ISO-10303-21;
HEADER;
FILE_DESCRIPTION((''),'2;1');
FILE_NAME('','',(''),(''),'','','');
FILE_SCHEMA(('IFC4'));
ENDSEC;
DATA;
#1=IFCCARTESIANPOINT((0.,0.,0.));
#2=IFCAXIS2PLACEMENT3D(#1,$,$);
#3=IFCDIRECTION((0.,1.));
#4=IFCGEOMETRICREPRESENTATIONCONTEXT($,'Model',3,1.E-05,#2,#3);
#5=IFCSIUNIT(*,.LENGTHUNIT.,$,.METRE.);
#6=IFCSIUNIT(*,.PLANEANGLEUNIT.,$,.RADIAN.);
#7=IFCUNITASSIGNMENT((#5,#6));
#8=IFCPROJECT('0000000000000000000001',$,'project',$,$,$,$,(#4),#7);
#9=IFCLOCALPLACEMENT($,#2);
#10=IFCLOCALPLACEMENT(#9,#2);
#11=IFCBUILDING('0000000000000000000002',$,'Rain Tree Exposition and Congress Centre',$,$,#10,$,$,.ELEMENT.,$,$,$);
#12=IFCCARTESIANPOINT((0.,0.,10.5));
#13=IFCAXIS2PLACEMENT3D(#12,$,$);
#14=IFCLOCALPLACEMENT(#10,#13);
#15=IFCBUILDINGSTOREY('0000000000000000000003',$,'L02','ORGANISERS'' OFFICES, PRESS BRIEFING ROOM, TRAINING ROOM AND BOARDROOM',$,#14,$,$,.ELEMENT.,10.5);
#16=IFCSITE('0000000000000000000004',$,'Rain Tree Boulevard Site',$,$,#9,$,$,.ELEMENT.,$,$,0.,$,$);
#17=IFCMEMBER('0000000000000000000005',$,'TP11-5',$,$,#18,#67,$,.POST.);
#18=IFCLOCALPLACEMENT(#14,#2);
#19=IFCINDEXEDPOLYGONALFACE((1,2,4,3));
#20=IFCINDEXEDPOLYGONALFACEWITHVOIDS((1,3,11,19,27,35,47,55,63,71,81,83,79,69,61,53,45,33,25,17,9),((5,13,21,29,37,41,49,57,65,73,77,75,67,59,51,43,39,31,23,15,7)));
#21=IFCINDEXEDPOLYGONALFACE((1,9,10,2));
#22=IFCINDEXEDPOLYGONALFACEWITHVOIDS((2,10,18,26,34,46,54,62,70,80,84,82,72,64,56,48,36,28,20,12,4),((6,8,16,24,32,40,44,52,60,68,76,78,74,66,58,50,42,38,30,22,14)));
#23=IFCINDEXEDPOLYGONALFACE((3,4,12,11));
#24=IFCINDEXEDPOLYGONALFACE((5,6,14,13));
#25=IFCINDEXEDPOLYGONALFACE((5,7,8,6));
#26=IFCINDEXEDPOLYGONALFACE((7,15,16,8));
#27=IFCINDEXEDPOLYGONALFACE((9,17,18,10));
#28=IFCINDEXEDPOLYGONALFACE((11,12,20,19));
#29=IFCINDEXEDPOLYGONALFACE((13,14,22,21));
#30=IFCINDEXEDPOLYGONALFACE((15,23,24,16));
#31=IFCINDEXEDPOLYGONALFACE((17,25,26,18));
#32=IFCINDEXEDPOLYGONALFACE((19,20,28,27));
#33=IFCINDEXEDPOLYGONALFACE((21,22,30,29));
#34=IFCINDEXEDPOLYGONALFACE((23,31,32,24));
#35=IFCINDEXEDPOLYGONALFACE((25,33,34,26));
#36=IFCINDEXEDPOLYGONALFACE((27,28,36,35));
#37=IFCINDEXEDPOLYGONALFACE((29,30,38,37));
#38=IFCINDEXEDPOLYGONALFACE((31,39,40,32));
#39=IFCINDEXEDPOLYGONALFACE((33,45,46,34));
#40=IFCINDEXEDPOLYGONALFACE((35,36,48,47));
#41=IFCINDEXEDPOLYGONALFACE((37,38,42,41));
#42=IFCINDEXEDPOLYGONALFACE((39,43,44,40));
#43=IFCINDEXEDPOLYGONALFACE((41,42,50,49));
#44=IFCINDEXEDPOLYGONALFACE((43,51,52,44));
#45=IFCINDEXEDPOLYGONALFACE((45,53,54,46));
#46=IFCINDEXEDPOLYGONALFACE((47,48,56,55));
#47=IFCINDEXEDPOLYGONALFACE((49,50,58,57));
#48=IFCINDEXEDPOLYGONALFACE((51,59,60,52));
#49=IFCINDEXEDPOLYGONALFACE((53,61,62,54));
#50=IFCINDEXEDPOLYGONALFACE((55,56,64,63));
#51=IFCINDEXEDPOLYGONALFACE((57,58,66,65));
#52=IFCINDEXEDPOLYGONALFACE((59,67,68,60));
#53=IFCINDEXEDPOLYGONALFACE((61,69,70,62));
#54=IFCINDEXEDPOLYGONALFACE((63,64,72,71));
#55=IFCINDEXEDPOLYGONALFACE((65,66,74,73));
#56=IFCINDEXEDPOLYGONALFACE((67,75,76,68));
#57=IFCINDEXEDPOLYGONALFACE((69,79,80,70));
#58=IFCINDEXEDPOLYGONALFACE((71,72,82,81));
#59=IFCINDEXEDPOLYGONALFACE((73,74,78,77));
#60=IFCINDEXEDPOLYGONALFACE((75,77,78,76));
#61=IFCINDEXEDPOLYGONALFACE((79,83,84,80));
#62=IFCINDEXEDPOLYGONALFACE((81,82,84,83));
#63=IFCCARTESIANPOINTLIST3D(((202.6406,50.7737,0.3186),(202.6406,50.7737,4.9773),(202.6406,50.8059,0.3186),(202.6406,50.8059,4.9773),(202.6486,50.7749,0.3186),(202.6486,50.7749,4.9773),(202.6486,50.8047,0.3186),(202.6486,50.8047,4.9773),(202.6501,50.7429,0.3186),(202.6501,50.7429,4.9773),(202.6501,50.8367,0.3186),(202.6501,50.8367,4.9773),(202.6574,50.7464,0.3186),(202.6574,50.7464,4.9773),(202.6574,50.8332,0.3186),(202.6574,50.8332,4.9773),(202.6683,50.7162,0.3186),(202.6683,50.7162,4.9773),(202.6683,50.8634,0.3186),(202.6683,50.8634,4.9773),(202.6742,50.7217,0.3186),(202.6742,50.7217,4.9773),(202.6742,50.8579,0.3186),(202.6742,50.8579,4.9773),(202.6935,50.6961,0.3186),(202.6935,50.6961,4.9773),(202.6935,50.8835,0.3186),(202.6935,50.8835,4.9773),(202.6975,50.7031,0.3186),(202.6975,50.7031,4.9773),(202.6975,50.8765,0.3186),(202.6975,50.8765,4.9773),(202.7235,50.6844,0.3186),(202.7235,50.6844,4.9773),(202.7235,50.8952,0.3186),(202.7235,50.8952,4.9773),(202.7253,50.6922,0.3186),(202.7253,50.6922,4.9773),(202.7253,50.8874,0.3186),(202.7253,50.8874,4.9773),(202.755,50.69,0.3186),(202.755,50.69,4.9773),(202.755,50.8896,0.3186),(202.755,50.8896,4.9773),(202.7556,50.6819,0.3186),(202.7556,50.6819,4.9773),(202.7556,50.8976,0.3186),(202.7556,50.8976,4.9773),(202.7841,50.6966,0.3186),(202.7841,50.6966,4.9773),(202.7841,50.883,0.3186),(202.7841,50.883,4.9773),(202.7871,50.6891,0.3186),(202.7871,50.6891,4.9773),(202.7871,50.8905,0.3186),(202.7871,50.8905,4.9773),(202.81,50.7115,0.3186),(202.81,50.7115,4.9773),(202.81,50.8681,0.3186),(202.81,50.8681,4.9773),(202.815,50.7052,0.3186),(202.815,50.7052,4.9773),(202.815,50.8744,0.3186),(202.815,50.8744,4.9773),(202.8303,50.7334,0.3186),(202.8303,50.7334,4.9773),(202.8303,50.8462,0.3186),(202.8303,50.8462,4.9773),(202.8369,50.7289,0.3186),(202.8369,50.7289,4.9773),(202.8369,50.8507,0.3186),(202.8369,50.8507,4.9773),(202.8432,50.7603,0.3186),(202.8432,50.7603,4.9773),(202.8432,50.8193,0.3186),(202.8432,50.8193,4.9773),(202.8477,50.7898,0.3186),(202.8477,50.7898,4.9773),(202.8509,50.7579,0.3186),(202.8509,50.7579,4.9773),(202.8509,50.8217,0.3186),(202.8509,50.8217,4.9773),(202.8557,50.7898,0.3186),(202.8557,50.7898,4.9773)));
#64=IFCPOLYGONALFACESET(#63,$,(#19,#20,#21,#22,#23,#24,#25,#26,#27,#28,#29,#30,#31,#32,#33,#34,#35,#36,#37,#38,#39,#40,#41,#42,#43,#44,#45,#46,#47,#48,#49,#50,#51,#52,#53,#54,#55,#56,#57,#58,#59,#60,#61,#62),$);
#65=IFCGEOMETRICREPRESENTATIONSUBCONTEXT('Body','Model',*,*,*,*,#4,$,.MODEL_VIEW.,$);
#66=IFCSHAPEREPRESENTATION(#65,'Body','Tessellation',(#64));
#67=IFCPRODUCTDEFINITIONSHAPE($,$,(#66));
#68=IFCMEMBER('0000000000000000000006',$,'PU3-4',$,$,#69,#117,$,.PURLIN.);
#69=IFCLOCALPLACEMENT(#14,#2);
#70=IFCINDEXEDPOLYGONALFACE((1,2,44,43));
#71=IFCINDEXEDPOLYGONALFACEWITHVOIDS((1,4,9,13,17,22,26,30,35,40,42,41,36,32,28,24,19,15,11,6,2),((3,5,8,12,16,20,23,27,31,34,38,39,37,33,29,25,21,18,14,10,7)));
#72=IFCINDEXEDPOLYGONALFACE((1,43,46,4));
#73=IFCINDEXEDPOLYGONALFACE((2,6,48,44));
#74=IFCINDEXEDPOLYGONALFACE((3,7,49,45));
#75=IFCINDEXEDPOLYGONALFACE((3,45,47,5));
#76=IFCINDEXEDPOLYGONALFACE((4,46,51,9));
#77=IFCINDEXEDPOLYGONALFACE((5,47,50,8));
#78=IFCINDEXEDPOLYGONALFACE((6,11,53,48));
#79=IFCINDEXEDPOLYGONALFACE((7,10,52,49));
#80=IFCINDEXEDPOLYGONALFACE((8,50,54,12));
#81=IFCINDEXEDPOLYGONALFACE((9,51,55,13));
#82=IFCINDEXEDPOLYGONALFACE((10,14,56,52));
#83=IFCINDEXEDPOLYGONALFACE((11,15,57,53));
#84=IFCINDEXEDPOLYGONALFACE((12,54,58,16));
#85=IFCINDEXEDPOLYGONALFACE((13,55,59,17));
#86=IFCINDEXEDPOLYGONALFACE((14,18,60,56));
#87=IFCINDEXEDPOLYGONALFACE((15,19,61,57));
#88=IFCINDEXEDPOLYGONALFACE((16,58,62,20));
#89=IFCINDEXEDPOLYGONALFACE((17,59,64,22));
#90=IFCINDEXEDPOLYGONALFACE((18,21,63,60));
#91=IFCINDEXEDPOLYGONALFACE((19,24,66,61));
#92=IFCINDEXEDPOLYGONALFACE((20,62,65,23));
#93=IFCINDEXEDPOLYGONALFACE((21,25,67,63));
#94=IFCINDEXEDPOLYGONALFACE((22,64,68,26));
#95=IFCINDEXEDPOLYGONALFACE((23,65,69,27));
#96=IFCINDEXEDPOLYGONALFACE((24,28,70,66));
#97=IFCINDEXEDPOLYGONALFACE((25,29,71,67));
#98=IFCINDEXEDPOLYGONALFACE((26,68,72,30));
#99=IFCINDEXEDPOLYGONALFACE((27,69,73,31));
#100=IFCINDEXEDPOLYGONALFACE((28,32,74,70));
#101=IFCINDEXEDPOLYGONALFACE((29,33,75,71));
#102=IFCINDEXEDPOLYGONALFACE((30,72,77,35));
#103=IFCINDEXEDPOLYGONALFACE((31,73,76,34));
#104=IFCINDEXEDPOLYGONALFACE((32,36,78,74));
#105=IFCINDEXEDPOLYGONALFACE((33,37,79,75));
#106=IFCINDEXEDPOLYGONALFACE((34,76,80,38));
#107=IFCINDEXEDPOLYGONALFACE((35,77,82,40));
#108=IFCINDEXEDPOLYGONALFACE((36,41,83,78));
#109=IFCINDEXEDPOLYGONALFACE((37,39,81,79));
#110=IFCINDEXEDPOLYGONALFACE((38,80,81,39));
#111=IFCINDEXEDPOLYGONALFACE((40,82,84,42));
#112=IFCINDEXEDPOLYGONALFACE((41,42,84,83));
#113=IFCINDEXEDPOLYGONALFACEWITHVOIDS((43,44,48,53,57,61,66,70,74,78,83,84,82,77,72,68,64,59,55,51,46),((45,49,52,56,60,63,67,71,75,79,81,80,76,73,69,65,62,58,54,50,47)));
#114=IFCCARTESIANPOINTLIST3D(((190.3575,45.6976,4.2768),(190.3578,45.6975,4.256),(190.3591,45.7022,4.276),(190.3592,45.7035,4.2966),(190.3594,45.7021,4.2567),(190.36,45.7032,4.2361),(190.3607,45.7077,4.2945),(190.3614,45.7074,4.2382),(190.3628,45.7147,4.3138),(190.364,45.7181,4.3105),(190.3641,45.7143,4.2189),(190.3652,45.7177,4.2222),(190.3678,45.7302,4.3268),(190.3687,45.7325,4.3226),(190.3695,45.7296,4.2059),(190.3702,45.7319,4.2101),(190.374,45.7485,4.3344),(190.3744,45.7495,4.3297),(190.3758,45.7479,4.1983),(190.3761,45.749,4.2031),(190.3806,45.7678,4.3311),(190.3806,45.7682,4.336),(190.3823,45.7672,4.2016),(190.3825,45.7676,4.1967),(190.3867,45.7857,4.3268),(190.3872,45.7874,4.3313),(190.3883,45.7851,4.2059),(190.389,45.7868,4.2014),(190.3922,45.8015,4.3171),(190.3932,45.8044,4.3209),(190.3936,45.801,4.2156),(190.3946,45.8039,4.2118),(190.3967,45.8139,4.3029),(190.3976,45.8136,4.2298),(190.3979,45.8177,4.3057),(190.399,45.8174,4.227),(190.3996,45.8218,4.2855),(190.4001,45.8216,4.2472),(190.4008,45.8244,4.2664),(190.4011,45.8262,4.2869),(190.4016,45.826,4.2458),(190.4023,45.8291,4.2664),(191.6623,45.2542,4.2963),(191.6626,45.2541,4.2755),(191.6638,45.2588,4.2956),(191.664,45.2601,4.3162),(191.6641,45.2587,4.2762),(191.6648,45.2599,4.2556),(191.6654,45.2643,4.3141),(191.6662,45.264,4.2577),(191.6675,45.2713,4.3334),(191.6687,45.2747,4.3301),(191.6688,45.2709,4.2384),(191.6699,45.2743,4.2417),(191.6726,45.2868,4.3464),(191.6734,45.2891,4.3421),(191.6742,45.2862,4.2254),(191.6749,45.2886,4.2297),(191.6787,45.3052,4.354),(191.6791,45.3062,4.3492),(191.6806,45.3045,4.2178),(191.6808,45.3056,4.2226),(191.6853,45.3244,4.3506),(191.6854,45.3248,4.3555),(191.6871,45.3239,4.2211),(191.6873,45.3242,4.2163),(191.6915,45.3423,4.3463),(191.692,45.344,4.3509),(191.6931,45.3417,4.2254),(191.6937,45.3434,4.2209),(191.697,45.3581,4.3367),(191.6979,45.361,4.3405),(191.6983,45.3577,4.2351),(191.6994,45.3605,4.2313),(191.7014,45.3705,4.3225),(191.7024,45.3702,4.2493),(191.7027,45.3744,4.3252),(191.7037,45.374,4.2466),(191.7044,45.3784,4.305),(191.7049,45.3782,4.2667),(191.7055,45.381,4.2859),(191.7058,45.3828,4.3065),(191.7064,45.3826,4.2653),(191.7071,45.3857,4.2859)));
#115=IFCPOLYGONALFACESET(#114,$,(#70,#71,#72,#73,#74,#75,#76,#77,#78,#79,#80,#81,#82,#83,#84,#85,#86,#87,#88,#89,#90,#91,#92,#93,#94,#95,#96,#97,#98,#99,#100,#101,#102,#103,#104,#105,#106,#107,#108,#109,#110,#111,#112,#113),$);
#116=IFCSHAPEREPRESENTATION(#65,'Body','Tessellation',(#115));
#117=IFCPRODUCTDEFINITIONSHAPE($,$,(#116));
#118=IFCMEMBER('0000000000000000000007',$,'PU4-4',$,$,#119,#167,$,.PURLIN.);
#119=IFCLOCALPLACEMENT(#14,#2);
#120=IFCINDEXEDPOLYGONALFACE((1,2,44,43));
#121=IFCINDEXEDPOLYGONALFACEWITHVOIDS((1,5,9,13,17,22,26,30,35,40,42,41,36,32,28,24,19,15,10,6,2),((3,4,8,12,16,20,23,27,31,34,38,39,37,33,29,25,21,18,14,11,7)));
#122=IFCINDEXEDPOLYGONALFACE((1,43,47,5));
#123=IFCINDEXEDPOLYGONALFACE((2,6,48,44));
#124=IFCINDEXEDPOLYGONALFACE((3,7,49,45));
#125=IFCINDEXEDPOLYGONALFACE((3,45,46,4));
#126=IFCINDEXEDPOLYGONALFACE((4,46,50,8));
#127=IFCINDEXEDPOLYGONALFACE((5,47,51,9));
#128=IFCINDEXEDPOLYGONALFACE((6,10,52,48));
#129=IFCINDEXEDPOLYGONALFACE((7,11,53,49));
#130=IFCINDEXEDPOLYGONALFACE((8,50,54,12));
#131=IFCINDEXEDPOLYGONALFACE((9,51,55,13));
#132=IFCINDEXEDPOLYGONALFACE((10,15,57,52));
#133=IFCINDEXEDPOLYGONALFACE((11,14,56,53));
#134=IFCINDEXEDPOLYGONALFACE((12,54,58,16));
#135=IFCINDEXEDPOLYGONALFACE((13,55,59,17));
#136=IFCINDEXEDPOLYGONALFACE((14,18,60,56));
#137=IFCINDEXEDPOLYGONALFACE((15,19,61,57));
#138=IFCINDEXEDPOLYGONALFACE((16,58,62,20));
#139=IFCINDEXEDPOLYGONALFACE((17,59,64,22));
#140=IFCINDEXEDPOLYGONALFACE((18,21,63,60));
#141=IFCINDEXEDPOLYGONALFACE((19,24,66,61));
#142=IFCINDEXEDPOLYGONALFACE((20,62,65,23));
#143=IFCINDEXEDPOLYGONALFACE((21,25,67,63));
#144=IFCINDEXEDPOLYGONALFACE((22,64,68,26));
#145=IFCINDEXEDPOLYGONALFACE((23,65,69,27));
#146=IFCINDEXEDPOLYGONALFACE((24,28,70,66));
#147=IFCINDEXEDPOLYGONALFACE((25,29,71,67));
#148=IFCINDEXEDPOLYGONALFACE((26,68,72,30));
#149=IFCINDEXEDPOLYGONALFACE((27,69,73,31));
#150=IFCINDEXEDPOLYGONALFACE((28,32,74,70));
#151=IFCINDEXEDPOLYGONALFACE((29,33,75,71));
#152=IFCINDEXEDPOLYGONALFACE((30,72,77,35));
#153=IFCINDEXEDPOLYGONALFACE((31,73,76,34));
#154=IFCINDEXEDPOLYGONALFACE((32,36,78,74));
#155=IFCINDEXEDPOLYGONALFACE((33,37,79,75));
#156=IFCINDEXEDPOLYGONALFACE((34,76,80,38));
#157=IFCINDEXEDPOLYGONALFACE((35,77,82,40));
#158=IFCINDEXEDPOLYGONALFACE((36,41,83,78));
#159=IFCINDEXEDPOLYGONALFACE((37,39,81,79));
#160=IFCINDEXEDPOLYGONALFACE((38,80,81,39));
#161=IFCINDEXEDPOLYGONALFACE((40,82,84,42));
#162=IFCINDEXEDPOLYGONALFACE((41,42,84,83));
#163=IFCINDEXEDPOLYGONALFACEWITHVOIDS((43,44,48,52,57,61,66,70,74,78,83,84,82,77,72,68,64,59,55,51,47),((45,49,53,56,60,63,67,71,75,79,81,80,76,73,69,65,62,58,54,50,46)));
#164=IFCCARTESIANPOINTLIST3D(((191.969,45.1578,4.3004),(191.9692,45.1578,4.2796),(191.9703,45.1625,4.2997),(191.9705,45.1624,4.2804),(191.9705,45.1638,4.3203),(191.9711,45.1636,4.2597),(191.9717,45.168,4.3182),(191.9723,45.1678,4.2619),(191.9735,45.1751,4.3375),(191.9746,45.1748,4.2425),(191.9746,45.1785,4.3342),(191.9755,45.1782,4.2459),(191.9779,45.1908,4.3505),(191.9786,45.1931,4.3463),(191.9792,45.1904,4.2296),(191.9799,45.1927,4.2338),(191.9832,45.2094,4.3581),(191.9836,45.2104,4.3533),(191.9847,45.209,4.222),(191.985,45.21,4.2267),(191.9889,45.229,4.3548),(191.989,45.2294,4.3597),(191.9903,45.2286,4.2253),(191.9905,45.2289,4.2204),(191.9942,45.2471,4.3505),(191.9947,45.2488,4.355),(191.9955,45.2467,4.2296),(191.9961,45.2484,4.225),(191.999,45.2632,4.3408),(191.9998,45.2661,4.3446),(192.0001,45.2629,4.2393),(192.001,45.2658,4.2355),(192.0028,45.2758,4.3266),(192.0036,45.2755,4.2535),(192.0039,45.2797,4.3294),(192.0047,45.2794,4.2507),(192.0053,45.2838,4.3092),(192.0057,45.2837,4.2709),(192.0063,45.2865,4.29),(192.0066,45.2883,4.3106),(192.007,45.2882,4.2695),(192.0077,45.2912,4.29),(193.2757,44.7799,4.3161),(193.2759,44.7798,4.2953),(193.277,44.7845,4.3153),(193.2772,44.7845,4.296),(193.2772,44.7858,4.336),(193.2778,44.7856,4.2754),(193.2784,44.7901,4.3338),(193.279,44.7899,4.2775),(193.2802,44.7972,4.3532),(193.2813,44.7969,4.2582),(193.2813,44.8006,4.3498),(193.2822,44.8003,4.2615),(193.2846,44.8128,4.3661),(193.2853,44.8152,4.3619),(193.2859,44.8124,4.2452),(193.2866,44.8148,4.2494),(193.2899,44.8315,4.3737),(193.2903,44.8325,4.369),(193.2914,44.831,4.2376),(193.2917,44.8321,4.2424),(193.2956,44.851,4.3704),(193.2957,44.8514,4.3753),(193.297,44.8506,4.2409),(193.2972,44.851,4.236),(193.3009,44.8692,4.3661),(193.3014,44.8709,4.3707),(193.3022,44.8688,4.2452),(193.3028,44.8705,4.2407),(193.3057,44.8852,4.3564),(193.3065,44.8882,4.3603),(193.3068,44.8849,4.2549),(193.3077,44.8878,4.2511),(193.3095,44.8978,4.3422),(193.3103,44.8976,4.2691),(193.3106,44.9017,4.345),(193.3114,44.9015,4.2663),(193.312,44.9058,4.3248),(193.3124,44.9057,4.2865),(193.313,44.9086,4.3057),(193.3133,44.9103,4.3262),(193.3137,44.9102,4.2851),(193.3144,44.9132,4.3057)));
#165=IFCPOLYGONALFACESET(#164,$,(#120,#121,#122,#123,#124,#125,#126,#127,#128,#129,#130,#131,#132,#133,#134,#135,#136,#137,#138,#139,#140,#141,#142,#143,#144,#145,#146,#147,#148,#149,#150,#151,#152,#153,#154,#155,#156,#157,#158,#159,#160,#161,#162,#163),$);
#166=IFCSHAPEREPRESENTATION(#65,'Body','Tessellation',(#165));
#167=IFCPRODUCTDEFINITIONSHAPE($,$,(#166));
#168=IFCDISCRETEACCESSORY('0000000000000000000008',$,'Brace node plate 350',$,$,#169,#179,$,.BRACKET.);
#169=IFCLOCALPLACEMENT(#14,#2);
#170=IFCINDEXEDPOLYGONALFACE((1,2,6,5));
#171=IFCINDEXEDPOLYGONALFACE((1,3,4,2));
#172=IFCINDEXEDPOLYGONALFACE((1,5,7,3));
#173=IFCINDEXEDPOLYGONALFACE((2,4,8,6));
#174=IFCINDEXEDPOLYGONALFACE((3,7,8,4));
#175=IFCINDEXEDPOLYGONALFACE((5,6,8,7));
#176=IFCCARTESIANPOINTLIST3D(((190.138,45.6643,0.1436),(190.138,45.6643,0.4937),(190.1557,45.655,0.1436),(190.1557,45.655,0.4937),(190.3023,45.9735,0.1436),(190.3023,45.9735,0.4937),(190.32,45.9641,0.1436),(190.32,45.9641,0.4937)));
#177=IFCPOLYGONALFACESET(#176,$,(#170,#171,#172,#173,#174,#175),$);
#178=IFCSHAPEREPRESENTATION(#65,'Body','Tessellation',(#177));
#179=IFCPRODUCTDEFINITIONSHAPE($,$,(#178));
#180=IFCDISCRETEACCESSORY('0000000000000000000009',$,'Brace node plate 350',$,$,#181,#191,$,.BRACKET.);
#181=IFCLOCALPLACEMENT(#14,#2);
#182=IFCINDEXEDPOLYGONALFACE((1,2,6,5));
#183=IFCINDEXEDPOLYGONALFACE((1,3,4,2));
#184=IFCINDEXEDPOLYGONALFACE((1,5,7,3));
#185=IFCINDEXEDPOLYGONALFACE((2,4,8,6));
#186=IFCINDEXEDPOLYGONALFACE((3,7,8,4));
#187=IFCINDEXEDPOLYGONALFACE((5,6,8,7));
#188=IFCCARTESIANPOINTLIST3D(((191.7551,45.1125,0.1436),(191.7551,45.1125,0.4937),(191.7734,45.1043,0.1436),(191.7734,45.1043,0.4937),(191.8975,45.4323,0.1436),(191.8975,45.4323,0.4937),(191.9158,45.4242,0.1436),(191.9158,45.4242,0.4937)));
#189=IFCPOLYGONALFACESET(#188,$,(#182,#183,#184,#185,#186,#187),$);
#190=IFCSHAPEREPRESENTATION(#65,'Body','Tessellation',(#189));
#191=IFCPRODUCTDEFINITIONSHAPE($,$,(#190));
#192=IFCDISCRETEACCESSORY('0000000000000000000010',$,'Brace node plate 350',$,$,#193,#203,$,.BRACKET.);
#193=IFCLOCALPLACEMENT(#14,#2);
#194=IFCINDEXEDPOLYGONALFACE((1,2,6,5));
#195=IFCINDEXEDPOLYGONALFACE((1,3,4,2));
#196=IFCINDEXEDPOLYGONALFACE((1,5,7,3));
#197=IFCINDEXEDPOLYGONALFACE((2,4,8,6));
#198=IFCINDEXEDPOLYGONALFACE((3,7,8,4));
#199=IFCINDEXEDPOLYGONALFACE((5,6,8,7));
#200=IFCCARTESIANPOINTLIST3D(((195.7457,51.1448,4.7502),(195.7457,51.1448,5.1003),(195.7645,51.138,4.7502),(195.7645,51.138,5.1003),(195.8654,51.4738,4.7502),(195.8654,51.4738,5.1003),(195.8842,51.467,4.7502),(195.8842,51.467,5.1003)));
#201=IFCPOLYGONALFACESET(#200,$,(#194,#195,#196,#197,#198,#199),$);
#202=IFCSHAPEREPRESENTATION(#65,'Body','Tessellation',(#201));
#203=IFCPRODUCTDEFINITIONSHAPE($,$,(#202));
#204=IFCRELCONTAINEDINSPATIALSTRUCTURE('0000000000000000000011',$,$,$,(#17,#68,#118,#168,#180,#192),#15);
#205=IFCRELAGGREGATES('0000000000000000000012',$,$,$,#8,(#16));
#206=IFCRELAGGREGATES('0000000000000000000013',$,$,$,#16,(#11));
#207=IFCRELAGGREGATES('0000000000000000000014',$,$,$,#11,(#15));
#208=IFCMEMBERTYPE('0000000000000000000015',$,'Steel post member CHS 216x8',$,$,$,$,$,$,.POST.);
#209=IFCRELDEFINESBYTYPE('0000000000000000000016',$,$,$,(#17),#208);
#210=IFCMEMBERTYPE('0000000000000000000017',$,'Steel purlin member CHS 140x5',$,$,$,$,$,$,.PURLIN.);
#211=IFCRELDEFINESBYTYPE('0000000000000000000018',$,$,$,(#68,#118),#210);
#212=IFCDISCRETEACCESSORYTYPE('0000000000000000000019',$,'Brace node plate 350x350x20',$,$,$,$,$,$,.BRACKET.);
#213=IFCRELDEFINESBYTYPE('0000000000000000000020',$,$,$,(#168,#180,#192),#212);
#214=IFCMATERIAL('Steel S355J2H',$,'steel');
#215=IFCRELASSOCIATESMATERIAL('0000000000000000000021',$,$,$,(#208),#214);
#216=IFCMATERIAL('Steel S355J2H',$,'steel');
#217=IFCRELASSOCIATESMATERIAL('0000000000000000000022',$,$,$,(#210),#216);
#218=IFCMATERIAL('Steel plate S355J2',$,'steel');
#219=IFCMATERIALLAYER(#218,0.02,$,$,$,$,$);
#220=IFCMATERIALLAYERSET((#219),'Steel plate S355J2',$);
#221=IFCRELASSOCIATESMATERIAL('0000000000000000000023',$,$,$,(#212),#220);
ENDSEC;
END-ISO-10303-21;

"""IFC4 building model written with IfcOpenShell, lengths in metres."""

from ifc_helpers import new_model, si_unit, direction, frame, origin, origin_2d, place, context, subcontext, project, spatial, rectangle, hollow_circle, extrude, material, layer, layer_set, material_profile, profile_set, type_object, element, save


model = new_model("IFC4")

# Units and contexts
model_context = context("Model", 3, precision=1e-05, world=origin(), true_north=direction((0.0, 1.0)))
body_context = subcontext(model_context, "Body", "Model", "MODEL_VIEW")
ifc_project = project(units=[si_unit("LENGTHUNIT", "METRE"), si_unit("PLANEANGLEUNIT", "RADIAN")], contexts=[model_context])

# Site, building, storey
site_placement = place(None, origin())
site = spatial("IfcSite", under=ifc_project, at=site_placement, Name="Rain Tree Boulevard Site", CompositionType="ELEMENT", RefElevation=0.0)
building_placement = place(site_placement, origin())
building = spatial("IfcBuilding", under=site, at=building_placement, Name="Rain Tree Exposition and Congress Centre", CompositionType="ELEMENT")
storey_placement = place(building_placement, frame((0.0, 0.0, 10.5)))
storey = spatial("IfcBuildingStorey", under=building, at=storey_placement, Name="L02", Description="ORGANISERS' OFFICES, PRESS BRIEFING ROOM, TRAINING ROOM AND BOARDROOM", CompositionType="ELEMENT", Elevation=10.5)

# Members
ifc_material_1 = material(Name="Steel S355J2H", Category="steel")
ifc_material_profile_1 = material_profile(ifc_material_1, hollow_circle(Radius=0.1082, WallThickness=0.0081, at=origin_2d()), Name="CHS 216x8")
ifc_profile_set_1 = profile_set([ifc_material_profile_1], Name="Steel S355J2H")
member_type_1 = type_object("IfcMemberType", Name="Steel post member CHS 216x8", PredefinedType="POST", material=ifc_profile_set_1)
member_1_placement = place(storey_placement, frame((202.7476, 50.7898, 0.3186), z_axis=(0.0, 0.0, 1.0), x_axis=(1.0, 0.0, 0.0)))
element("IfcMember", 1, at=member_1_placement, inside=storey, type_object=member_type_1, Name="TP11-5", PredefinedType="POST", context=body_context, shape_type="SweptSolid", body=[
    extrude(hollow_circle(Radius=0.1082, WallThickness=0.0081, at=origin_2d()), origin(), (0.0, 0.0, 1.0), 4.6587),
])
ifc_material_2 = material(Name="Steel S355J2H", Category="steel")
ifc_material_profile_2 = material_profile(ifc_material_2, hollow_circle(Radius=0.0698, WallThickness=0.0049, at=origin_2d()), Name="CHS 140x5")
ifc_profile_set_2 = profile_set([ifc_material_profile_2], Name="Steel S355J2H")
member_type_2 = type_object("IfcMemberType", Name="Steel purlin member CHS 140x5", PredefinedType="PURLIN", material=ifc_profile_set_2)
member_2_placement = place(storey_placement, frame((190.3799, 45.7629, 4.2664), z_axis=(0.946729, -0.321718, 0.014173), x_axis=(0.32175, 0.946825, 0.0)))
element("IfcMember", 2, at=member_2_placement, inside=storey, type_object=member_type_2, Name="PU3-4", PredefinedType="PURLIN", context=body_context, shape_type="SweptSolid", body=[
    extrude(hollow_circle(Radius=0.0698, WallThickness=0.0049, at=origin_2d()), origin(), (0.0, 0.0, 1.0), 1.3782),
])
member_3_placement = place(storey_placement, frame((191.9883, 45.2241, 4.29), z_axis=(0.960561, -0.277831, 0.011487), x_axis=(0.277849, 0.960625, 0.0)))
element("IfcMember", 3, at=member_3_placement, inside=storey, type_object=member_type_2, Name="PU4-4", PredefinedType="PURLIN", context=body_context, shape_type="SweptSolid", body=[
    extrude(hollow_circle(Radius=0.0698, WallThickness=0.0049, at=origin_2d()), origin(), (0.0, 0.0, 1.0), 1.3604),
])

# Discrete accessories
ifc_material_3 = material(Name="Steel plate S355J2", Category="steel")
ifc_layer = layer(ifc_material_3, 0.02)
ifc_layer_set = layer_set([ifc_layer], Name="Steel plate S355J2")
discrete_accessory_type = type_object("IfcDiscreteAccessoryType", Name="Brace node plate 350x350x20", PredefinedType="BRACKET", material=ifc_layer_set)
for number, where, z_axis, x_axis, name in (
    (4, (190.229, 45.8142, 0.1436), (0.0, 0.0, 1.0), (-0.469472, -0.882948, 0.0), "Brace node plate 350"),
    (5, (191.8354, 45.2683, 0.1436), (0.0, 0.0, 1.0), (-0.406737, -0.913545, 0.0), "Brace node plate 350"),
    (6, (195.8149, 51.3059, 4.7502), (0.0, 0.0, 1.0), (0.34202, 0.939693, 0.0), "Brace node plate 350"),
):
    element("IfcDiscreteAccessory", number, at=place(storey_placement, frame(where, z_axis=z_axis, x_axis=x_axis)), inside=storey, type_object=discrete_accessory_type, Name=name, PredefinedType="BRACKET", context=body_context, shape_type="SweptSolid", body=[
        extrude(rectangle(XDim=0.3501, YDim=0.02, at=origin_2d()), origin(), (0.0, 0.0, 1.0), 0.3501),
    ])

save(model, "model.ifc")
